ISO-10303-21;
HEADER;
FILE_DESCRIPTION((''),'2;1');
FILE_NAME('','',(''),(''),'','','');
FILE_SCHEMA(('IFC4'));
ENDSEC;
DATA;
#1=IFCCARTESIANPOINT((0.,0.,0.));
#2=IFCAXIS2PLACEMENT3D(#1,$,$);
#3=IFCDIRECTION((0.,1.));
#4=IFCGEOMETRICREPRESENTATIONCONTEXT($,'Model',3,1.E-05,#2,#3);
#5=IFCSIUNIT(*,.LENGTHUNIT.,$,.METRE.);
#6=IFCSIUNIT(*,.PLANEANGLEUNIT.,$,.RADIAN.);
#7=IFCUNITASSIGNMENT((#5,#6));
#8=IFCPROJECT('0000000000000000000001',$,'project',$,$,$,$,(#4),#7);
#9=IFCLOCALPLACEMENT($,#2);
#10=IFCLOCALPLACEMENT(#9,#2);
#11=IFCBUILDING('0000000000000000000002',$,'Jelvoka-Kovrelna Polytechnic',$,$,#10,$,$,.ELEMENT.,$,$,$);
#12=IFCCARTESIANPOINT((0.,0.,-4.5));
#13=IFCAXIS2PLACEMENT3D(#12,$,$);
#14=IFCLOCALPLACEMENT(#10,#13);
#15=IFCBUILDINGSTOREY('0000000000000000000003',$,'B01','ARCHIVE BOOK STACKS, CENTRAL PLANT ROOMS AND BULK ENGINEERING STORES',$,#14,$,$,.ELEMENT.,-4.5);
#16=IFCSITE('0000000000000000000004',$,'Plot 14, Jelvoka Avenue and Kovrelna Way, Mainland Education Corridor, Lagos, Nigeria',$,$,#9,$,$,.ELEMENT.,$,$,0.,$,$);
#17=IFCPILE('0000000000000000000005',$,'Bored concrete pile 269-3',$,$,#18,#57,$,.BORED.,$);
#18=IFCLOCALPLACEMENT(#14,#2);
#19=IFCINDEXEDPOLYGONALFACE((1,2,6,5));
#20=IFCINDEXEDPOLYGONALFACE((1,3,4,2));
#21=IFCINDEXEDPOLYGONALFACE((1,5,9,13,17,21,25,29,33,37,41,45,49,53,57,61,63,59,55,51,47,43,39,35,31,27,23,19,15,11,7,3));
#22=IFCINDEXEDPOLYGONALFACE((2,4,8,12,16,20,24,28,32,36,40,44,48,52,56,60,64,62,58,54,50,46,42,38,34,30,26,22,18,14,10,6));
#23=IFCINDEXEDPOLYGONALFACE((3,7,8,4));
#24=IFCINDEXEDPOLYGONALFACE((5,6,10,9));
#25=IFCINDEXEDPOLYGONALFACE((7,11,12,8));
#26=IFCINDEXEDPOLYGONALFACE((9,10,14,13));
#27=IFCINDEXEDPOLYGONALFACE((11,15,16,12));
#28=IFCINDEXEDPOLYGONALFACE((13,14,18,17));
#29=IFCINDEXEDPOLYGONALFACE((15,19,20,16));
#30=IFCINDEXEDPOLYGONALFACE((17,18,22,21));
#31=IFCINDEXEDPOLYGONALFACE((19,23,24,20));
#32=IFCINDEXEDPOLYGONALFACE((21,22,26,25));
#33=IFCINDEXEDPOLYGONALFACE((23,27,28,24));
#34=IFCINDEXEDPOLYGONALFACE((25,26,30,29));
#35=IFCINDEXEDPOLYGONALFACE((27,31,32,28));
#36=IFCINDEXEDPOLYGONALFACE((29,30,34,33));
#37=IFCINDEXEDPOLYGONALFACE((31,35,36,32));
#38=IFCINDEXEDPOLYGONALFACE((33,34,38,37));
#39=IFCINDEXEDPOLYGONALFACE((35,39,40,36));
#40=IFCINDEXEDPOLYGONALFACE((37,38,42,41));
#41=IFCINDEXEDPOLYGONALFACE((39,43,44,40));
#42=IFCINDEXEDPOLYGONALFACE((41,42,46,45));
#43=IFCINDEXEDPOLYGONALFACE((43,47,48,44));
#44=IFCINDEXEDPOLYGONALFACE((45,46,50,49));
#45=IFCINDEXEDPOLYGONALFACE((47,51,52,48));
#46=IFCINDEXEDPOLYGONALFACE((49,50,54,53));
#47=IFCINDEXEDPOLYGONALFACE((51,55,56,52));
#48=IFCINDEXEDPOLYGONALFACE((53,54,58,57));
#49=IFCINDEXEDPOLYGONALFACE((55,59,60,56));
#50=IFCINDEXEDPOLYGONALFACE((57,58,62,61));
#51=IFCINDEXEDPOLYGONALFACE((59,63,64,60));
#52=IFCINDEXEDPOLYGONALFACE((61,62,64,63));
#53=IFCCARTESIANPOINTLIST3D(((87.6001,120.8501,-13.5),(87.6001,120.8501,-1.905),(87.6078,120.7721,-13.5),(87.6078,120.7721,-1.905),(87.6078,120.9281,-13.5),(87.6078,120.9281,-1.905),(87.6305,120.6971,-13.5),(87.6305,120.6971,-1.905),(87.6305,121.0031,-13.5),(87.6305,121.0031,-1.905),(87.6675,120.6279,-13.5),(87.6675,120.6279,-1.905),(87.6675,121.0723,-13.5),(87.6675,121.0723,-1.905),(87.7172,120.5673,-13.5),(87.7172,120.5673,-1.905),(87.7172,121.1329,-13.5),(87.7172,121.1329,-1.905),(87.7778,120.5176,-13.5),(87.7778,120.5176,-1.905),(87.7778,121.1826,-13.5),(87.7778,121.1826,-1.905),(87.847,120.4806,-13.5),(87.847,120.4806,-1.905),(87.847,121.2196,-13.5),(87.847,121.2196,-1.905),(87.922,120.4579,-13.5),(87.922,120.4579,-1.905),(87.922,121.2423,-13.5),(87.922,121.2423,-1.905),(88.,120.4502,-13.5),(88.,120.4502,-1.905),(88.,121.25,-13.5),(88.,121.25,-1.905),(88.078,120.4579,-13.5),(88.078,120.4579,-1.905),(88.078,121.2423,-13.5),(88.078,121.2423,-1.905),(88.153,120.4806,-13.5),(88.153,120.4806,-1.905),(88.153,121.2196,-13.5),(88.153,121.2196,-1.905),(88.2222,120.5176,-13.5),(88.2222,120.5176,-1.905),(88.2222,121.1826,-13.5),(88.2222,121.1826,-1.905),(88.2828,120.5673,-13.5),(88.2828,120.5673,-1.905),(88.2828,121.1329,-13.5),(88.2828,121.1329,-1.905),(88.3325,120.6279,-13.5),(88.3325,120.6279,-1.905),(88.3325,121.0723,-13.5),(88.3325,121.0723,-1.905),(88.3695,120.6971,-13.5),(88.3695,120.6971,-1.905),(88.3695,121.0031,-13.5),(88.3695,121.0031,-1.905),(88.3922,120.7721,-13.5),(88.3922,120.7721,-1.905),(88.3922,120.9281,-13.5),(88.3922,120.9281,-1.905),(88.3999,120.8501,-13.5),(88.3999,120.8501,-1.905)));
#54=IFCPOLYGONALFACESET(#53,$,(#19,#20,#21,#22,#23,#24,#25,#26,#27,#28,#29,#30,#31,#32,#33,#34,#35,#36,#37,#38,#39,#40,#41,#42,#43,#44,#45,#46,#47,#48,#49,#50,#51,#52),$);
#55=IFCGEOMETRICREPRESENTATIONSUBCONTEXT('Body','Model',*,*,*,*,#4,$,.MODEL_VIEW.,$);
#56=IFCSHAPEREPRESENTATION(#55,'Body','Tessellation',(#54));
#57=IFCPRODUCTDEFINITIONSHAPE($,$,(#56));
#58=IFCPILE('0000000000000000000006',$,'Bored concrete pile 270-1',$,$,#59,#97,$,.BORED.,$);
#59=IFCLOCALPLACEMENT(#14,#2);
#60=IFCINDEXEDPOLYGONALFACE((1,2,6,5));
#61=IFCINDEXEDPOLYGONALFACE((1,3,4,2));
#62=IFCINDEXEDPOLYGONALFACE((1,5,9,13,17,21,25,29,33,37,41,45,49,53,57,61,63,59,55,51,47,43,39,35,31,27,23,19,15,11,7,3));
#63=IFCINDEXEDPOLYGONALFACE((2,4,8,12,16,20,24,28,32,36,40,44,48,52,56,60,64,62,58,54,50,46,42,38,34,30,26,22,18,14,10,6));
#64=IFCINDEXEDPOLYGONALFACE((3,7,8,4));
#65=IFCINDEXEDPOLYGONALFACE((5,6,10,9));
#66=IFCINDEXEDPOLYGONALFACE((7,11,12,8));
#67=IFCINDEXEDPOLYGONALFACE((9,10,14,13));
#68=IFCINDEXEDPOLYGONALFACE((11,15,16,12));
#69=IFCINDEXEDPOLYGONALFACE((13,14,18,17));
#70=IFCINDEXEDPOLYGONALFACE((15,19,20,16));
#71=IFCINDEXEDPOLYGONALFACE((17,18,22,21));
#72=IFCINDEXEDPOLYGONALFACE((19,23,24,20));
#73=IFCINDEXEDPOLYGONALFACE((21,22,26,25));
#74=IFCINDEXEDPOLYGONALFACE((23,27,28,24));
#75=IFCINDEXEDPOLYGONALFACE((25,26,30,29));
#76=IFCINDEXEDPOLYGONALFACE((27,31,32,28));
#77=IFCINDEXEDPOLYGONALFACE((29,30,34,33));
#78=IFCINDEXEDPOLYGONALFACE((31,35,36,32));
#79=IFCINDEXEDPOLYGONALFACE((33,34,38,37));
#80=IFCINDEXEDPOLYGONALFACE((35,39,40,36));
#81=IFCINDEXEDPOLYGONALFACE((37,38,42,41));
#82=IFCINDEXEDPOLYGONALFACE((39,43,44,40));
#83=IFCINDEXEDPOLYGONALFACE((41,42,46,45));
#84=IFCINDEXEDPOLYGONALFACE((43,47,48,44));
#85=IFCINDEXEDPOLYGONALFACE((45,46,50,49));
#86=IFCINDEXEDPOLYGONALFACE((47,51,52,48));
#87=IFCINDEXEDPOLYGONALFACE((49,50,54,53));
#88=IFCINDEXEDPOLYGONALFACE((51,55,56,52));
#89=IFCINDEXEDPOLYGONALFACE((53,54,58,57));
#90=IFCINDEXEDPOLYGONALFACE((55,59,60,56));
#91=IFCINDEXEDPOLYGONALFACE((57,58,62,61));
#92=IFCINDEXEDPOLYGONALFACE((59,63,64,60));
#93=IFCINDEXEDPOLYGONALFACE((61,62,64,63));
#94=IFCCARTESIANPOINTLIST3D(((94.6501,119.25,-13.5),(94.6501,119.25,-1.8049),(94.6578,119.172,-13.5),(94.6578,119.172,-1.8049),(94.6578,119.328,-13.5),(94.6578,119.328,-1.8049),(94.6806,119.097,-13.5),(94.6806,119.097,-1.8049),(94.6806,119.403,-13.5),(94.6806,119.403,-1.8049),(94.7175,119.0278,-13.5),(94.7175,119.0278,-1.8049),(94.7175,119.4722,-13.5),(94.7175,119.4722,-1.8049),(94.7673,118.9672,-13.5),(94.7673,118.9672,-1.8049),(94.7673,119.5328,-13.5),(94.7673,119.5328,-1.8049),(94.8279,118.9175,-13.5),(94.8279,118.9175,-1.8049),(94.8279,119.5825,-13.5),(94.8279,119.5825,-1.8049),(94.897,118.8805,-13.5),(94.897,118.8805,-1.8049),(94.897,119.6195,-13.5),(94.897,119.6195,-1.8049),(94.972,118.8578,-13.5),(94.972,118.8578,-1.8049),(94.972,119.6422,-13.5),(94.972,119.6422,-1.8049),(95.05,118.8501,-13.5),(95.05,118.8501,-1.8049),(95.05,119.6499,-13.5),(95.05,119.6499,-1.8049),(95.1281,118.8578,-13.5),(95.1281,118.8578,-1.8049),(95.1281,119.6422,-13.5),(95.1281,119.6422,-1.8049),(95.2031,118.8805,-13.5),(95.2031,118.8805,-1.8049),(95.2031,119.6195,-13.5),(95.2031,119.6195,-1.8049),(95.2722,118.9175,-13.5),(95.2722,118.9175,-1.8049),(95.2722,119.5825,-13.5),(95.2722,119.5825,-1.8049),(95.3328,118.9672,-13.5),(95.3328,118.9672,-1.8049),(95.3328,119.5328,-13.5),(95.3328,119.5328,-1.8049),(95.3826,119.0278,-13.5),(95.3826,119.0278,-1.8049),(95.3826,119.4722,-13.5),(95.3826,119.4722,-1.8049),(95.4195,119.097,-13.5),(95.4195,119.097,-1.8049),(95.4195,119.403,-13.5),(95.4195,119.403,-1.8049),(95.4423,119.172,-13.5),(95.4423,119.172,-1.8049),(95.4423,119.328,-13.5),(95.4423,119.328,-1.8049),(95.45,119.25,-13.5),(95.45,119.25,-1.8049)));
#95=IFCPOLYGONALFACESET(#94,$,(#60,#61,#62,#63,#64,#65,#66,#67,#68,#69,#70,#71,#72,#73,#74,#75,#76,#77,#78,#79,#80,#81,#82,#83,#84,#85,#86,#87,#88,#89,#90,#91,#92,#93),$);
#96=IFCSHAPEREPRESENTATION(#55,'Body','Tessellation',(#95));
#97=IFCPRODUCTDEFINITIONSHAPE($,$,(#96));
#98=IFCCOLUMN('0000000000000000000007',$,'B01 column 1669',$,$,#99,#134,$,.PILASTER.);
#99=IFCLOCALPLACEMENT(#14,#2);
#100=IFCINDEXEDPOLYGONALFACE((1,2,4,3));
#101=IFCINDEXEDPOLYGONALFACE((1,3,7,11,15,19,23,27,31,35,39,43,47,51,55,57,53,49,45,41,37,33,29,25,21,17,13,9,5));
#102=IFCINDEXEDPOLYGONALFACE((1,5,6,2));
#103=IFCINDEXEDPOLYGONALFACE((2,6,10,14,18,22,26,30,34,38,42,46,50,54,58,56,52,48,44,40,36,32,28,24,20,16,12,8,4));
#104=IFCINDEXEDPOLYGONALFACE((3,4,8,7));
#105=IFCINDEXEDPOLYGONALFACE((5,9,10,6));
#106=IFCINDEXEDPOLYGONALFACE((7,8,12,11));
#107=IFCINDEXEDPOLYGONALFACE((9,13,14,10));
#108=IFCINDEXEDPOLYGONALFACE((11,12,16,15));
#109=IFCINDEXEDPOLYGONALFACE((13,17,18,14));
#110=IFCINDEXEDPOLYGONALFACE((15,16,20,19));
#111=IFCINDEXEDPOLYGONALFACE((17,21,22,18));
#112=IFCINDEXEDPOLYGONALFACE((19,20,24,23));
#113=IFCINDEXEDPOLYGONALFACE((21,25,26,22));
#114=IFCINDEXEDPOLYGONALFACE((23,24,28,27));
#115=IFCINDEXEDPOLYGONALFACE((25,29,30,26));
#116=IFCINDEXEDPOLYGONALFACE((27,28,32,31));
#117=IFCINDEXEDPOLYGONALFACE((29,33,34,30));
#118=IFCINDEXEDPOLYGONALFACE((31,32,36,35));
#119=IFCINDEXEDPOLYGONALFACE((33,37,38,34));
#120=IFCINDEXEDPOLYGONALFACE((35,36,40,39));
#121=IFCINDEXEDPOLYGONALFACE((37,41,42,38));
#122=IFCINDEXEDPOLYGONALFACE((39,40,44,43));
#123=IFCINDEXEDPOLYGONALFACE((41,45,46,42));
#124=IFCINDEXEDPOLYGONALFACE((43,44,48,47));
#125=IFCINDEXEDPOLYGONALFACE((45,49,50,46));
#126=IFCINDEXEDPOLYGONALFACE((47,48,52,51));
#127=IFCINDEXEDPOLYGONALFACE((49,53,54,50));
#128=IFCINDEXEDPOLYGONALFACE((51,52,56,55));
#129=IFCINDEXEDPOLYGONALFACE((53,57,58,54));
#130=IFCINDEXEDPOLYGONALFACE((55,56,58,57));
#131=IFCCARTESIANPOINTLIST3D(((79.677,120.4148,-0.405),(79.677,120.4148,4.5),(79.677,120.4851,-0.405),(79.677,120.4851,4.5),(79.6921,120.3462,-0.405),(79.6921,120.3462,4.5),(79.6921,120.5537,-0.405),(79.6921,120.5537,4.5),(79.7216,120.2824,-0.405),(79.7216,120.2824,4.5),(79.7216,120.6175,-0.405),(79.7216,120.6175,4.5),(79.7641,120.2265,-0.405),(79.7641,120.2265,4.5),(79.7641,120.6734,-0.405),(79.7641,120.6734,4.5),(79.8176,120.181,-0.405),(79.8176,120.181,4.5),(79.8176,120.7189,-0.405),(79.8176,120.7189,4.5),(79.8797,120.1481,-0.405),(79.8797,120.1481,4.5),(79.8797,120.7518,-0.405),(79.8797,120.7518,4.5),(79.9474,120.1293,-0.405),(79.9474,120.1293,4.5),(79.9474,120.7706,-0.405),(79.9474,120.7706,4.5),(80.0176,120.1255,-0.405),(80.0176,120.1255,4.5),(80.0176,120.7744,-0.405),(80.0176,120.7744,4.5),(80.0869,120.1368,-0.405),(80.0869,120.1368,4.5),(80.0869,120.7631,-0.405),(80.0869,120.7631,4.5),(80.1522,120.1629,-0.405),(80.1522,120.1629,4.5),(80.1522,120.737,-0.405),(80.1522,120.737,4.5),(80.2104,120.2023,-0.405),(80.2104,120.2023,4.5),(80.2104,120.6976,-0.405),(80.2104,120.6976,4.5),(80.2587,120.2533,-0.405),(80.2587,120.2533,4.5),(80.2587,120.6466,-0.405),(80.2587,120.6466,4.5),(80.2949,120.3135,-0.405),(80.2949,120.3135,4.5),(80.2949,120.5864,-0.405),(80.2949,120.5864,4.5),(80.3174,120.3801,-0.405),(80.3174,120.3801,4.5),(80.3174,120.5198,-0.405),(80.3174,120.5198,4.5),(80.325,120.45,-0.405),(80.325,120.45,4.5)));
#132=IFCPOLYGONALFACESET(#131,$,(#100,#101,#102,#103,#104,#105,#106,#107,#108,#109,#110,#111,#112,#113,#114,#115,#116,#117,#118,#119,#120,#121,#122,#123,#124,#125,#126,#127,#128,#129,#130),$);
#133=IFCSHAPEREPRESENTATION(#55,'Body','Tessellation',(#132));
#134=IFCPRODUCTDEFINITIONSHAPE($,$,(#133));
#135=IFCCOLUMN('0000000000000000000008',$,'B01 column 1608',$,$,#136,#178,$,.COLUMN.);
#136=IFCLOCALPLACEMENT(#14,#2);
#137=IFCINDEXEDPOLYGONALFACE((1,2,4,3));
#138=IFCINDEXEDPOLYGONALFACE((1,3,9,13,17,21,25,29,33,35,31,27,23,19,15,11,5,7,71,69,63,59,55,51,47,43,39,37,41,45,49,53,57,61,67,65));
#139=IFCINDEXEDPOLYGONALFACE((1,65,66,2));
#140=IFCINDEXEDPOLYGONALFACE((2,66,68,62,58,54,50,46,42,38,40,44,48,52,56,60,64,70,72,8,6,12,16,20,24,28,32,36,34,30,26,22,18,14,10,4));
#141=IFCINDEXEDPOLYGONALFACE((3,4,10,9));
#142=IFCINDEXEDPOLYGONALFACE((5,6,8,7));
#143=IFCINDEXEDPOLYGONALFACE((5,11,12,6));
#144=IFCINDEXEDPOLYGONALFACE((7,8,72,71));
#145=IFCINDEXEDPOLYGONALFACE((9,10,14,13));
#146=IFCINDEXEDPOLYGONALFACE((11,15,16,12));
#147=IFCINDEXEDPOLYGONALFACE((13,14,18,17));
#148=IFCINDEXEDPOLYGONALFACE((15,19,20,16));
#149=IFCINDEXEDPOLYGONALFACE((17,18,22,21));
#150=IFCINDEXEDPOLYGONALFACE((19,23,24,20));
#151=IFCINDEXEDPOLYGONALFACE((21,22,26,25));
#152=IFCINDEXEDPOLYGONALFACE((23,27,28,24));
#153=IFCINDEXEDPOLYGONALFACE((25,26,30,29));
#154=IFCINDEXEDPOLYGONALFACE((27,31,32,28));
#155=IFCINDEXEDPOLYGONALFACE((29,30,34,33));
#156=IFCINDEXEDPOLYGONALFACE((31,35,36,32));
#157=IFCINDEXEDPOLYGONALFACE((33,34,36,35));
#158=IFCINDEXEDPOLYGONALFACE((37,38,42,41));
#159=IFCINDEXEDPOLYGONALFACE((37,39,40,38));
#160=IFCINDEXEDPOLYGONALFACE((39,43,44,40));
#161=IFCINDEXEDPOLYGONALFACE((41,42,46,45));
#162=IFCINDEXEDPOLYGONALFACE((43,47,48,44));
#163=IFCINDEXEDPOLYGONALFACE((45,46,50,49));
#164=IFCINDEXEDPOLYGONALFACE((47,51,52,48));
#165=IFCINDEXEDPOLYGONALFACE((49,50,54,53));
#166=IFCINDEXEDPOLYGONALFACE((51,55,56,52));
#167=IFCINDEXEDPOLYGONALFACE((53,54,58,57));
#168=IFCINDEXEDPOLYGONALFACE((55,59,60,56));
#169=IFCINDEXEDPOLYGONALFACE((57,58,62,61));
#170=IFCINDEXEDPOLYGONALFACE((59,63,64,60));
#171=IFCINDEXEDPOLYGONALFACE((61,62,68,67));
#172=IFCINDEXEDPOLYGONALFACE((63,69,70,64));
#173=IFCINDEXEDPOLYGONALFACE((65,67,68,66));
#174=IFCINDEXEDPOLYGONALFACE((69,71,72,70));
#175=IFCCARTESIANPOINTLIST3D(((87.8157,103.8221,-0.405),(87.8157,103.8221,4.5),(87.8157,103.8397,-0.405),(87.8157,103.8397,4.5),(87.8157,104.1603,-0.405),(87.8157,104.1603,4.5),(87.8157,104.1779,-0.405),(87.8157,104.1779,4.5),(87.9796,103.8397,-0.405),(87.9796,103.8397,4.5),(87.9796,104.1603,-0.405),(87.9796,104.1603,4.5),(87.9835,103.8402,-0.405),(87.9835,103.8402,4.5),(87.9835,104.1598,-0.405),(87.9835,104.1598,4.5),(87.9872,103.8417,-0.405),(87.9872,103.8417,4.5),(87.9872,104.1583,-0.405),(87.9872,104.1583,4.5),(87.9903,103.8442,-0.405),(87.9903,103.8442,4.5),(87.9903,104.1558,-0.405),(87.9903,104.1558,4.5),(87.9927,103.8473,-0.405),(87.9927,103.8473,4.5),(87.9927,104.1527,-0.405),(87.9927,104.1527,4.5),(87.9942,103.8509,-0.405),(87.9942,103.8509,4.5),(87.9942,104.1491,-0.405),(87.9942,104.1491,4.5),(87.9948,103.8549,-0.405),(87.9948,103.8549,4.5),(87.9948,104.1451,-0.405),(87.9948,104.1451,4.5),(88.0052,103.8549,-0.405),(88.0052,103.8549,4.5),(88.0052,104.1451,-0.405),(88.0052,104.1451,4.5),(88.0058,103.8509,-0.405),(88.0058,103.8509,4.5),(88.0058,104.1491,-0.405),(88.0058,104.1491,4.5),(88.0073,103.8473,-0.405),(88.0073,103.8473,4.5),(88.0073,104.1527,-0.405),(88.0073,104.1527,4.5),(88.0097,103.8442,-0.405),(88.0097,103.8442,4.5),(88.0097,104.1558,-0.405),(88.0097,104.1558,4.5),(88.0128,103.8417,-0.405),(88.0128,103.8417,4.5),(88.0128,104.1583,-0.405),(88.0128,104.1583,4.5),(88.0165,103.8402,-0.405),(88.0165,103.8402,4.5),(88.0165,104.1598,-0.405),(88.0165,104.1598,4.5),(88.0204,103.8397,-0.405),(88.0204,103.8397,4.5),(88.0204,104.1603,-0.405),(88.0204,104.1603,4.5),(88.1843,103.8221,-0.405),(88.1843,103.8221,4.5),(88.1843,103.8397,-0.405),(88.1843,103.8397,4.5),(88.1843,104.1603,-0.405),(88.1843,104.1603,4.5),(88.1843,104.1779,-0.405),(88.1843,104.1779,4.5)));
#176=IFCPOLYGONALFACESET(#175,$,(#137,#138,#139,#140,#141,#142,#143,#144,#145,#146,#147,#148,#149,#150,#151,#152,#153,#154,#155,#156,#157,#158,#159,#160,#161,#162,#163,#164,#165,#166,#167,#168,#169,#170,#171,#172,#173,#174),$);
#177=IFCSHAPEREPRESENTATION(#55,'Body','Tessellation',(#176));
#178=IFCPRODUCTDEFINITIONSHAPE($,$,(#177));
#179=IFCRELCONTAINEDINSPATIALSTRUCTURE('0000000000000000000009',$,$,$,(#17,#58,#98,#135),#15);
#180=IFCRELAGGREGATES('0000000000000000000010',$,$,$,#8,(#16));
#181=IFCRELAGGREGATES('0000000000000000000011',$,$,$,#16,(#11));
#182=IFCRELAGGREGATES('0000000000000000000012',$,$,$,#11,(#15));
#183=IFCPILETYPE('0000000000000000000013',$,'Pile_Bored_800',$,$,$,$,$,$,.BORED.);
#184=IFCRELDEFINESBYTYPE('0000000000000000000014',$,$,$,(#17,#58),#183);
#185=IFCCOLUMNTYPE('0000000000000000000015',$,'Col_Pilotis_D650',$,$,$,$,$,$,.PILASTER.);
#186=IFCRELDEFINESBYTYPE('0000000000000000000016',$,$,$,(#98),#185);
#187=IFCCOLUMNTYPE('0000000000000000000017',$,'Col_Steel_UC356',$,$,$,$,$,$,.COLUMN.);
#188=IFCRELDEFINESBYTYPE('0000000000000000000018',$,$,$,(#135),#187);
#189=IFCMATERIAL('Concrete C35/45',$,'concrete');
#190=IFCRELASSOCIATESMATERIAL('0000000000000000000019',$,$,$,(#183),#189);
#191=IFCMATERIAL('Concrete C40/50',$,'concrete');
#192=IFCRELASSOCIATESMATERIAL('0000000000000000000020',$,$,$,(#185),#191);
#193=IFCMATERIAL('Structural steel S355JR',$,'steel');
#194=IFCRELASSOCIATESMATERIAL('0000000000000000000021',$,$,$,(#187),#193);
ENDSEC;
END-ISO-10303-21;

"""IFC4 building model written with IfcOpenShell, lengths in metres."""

from ifc_helpers import new_model, si_unit, direction, frame, origin, origin_2d, place, context, subcontext, project, spatial, circle, i_section, extrude, material, material_profile, profile_set, type_object, element, save


model = new_model("IFC4")

# Units and contexts
model_context = context("Model", 3, precision=1e-05, world=origin(), true_north=direction((0.0, 1.0)))
body_context = subcontext(model_context, "Body", "Model", "MODEL_VIEW")
ifc_project = project(units=[si_unit("LENGTHUNIT", "METRE"), si_unit("PLANEANGLEUNIT", "RADIAN")], contexts=[model_context])

# Site, building, storey
site_placement = place(None, origin())
site = spatial("IfcSite", under=ifc_project, at=site_placement, Name="Plot 14, Jelvoka Avenue and Kovrelna Way, Mainland Education Corridor, Lagos, Nigeria", CompositionType="ELEMENT", RefElevation=0.0)
building_placement = place(site_placement, origin())
building = spatial("IfcBuilding", under=site, at=building_placement, Name="Jelvoka-Kovrelna Polytechnic", CompositionType="ELEMENT")
storey_placement = place(building_placement, frame((0.0, 0.0, -4.5)))
storey = spatial("IfcBuildingStorey", under=building, at=storey_placement, Name="B01", Description="ARCHIVE BOOK STACKS, CENTRAL PLANT ROOMS AND BULK ENGINEERING STORES", CompositionType="ELEMENT", Elevation=-4.5)

# Piles
ifc_material_1 = material(Name="Concrete C35/45", Category="concrete")
ifc_material_profile_1 = material_profile(ifc_material_1, circle(Radius=0.3999, at=origin_2d()), Name="PILE D800")
ifc_profile_set_1 = profile_set([ifc_material_profile_1], Name="Concrete C35/45")
pile_type = type_object("IfcPileType", Name="Pile_Bored_800", PredefinedType="BORED", material=ifc_profile_set_1)
for number, where, z_axis, x_axis, name in (
    (1, (88.0, 120.8501, -1.905), (0.0, 0.0, -1.0), (1.0, 0.0, 0.0), "Bored concrete pile 269-3"),
):
    element("IfcPile", number, at=place(storey_placement, frame(where, z_axis=z_axis, x_axis=x_axis)), inside=storey, type_object=pile_type, Name=name, PredefinedType="BORED", context=body_context, shape_type="SweptSolid", body=[
        extrude(circle(Radius=0.3999, at=origin_2d()), origin(), (0.0, 0.0, 1.0), 11.595),
    ])
pile_1_placement = place(storey_placement, frame((95.05, 119.25, -1.8049), z_axis=(0.0, 0.0, -1.0), x_axis=(1.0, 0.0, 0.0)))
element("IfcPile", 2, at=pile_1_placement, inside=storey, type_object=pile_type, Name="Bored concrete pile 270-1", PredefinedType="BORED", context=body_context, shape_type="SweptSolid", body=[
    extrude(circle(Radius=0.3999, at=origin_2d()), origin(), (0.0, 0.0, 1.0), 11.6951),
])

# Columns
ifc_material_2 = material(Name="Concrete C40/50", Category="concrete")
ifc_material_profile_2 = material_profile(ifc_material_2, circle(Radius=0.325, at=origin_2d()), Name="RC D650")
ifc_profile_set_2 = profile_set([ifc_material_profile_2], Name="Concrete C40/50")
column_type_1 = type_object("IfcColumnType", Name="Col_Pilotis_D650", PredefinedType="PILASTER", material=ifc_profile_set_2)
column_placement = place(storey_placement, frame((80.0, 120.45, -0.405), z_axis=(0.0, 0.0, 1.0), x_axis=(1.0, 0.0, 0.0)))
element("IfcColumn", 3, at=column_placement, inside=storey, type_object=column_type_1, Name="B01 column 1669", PredefinedType="PILASTER", context=body_context, shape_type="SweptSolid", body=[
    extrude(circle(Radius=0.325, at=origin_2d()), origin(), (0.0, 0.0, 1.0), 4.905),
])
ifc_material_3 = material(Name="Structural steel S355JR", Category="steel")
ifc_material_profile_3 = material_profile(ifc_material_3, i_section(OverallWidth=0.3687, OverallDepth=0.3557, WebThickness=0.0105, FlangeThickness=0.0176, FilletRadius=0.0151, at=origin_2d()), Name="356x368x129 UC")
ifc_profile_set_3 = profile_set([ifc_material_profile_3], Name="Structural steel S355JR")
column_type_2 = type_object("IfcColumnType", Name="Col_Steel_UC356", PredefinedType="COLUMN", material=ifc_profile_set_3)
for number, where, z_axis, x_axis, name in (
    (4, (88.0, 104.0, -0.405), (0.0, 0.0, 1.0), (1.0, 0.0, 0.0), "B01 column 1608"),
):
    element("IfcColumn", number, at=place(storey_placement, frame(where, z_axis=z_axis, x_axis=x_axis)), inside=storey, type_object=column_type_2, Name=name, PredefinedType="COLUMN", context=body_context, shape_type="SweptSolid", body=[
        extrude(i_section(OverallWidth=0.3687, OverallDepth=0.3557, WebThickness=0.0105, FlangeThickness=0.0176, FilletRadius=0.0151, at=origin_2d()), origin(), (0.0, 0.0, 1.0), 4.905),
    ])

save(model, "model.ifc")
